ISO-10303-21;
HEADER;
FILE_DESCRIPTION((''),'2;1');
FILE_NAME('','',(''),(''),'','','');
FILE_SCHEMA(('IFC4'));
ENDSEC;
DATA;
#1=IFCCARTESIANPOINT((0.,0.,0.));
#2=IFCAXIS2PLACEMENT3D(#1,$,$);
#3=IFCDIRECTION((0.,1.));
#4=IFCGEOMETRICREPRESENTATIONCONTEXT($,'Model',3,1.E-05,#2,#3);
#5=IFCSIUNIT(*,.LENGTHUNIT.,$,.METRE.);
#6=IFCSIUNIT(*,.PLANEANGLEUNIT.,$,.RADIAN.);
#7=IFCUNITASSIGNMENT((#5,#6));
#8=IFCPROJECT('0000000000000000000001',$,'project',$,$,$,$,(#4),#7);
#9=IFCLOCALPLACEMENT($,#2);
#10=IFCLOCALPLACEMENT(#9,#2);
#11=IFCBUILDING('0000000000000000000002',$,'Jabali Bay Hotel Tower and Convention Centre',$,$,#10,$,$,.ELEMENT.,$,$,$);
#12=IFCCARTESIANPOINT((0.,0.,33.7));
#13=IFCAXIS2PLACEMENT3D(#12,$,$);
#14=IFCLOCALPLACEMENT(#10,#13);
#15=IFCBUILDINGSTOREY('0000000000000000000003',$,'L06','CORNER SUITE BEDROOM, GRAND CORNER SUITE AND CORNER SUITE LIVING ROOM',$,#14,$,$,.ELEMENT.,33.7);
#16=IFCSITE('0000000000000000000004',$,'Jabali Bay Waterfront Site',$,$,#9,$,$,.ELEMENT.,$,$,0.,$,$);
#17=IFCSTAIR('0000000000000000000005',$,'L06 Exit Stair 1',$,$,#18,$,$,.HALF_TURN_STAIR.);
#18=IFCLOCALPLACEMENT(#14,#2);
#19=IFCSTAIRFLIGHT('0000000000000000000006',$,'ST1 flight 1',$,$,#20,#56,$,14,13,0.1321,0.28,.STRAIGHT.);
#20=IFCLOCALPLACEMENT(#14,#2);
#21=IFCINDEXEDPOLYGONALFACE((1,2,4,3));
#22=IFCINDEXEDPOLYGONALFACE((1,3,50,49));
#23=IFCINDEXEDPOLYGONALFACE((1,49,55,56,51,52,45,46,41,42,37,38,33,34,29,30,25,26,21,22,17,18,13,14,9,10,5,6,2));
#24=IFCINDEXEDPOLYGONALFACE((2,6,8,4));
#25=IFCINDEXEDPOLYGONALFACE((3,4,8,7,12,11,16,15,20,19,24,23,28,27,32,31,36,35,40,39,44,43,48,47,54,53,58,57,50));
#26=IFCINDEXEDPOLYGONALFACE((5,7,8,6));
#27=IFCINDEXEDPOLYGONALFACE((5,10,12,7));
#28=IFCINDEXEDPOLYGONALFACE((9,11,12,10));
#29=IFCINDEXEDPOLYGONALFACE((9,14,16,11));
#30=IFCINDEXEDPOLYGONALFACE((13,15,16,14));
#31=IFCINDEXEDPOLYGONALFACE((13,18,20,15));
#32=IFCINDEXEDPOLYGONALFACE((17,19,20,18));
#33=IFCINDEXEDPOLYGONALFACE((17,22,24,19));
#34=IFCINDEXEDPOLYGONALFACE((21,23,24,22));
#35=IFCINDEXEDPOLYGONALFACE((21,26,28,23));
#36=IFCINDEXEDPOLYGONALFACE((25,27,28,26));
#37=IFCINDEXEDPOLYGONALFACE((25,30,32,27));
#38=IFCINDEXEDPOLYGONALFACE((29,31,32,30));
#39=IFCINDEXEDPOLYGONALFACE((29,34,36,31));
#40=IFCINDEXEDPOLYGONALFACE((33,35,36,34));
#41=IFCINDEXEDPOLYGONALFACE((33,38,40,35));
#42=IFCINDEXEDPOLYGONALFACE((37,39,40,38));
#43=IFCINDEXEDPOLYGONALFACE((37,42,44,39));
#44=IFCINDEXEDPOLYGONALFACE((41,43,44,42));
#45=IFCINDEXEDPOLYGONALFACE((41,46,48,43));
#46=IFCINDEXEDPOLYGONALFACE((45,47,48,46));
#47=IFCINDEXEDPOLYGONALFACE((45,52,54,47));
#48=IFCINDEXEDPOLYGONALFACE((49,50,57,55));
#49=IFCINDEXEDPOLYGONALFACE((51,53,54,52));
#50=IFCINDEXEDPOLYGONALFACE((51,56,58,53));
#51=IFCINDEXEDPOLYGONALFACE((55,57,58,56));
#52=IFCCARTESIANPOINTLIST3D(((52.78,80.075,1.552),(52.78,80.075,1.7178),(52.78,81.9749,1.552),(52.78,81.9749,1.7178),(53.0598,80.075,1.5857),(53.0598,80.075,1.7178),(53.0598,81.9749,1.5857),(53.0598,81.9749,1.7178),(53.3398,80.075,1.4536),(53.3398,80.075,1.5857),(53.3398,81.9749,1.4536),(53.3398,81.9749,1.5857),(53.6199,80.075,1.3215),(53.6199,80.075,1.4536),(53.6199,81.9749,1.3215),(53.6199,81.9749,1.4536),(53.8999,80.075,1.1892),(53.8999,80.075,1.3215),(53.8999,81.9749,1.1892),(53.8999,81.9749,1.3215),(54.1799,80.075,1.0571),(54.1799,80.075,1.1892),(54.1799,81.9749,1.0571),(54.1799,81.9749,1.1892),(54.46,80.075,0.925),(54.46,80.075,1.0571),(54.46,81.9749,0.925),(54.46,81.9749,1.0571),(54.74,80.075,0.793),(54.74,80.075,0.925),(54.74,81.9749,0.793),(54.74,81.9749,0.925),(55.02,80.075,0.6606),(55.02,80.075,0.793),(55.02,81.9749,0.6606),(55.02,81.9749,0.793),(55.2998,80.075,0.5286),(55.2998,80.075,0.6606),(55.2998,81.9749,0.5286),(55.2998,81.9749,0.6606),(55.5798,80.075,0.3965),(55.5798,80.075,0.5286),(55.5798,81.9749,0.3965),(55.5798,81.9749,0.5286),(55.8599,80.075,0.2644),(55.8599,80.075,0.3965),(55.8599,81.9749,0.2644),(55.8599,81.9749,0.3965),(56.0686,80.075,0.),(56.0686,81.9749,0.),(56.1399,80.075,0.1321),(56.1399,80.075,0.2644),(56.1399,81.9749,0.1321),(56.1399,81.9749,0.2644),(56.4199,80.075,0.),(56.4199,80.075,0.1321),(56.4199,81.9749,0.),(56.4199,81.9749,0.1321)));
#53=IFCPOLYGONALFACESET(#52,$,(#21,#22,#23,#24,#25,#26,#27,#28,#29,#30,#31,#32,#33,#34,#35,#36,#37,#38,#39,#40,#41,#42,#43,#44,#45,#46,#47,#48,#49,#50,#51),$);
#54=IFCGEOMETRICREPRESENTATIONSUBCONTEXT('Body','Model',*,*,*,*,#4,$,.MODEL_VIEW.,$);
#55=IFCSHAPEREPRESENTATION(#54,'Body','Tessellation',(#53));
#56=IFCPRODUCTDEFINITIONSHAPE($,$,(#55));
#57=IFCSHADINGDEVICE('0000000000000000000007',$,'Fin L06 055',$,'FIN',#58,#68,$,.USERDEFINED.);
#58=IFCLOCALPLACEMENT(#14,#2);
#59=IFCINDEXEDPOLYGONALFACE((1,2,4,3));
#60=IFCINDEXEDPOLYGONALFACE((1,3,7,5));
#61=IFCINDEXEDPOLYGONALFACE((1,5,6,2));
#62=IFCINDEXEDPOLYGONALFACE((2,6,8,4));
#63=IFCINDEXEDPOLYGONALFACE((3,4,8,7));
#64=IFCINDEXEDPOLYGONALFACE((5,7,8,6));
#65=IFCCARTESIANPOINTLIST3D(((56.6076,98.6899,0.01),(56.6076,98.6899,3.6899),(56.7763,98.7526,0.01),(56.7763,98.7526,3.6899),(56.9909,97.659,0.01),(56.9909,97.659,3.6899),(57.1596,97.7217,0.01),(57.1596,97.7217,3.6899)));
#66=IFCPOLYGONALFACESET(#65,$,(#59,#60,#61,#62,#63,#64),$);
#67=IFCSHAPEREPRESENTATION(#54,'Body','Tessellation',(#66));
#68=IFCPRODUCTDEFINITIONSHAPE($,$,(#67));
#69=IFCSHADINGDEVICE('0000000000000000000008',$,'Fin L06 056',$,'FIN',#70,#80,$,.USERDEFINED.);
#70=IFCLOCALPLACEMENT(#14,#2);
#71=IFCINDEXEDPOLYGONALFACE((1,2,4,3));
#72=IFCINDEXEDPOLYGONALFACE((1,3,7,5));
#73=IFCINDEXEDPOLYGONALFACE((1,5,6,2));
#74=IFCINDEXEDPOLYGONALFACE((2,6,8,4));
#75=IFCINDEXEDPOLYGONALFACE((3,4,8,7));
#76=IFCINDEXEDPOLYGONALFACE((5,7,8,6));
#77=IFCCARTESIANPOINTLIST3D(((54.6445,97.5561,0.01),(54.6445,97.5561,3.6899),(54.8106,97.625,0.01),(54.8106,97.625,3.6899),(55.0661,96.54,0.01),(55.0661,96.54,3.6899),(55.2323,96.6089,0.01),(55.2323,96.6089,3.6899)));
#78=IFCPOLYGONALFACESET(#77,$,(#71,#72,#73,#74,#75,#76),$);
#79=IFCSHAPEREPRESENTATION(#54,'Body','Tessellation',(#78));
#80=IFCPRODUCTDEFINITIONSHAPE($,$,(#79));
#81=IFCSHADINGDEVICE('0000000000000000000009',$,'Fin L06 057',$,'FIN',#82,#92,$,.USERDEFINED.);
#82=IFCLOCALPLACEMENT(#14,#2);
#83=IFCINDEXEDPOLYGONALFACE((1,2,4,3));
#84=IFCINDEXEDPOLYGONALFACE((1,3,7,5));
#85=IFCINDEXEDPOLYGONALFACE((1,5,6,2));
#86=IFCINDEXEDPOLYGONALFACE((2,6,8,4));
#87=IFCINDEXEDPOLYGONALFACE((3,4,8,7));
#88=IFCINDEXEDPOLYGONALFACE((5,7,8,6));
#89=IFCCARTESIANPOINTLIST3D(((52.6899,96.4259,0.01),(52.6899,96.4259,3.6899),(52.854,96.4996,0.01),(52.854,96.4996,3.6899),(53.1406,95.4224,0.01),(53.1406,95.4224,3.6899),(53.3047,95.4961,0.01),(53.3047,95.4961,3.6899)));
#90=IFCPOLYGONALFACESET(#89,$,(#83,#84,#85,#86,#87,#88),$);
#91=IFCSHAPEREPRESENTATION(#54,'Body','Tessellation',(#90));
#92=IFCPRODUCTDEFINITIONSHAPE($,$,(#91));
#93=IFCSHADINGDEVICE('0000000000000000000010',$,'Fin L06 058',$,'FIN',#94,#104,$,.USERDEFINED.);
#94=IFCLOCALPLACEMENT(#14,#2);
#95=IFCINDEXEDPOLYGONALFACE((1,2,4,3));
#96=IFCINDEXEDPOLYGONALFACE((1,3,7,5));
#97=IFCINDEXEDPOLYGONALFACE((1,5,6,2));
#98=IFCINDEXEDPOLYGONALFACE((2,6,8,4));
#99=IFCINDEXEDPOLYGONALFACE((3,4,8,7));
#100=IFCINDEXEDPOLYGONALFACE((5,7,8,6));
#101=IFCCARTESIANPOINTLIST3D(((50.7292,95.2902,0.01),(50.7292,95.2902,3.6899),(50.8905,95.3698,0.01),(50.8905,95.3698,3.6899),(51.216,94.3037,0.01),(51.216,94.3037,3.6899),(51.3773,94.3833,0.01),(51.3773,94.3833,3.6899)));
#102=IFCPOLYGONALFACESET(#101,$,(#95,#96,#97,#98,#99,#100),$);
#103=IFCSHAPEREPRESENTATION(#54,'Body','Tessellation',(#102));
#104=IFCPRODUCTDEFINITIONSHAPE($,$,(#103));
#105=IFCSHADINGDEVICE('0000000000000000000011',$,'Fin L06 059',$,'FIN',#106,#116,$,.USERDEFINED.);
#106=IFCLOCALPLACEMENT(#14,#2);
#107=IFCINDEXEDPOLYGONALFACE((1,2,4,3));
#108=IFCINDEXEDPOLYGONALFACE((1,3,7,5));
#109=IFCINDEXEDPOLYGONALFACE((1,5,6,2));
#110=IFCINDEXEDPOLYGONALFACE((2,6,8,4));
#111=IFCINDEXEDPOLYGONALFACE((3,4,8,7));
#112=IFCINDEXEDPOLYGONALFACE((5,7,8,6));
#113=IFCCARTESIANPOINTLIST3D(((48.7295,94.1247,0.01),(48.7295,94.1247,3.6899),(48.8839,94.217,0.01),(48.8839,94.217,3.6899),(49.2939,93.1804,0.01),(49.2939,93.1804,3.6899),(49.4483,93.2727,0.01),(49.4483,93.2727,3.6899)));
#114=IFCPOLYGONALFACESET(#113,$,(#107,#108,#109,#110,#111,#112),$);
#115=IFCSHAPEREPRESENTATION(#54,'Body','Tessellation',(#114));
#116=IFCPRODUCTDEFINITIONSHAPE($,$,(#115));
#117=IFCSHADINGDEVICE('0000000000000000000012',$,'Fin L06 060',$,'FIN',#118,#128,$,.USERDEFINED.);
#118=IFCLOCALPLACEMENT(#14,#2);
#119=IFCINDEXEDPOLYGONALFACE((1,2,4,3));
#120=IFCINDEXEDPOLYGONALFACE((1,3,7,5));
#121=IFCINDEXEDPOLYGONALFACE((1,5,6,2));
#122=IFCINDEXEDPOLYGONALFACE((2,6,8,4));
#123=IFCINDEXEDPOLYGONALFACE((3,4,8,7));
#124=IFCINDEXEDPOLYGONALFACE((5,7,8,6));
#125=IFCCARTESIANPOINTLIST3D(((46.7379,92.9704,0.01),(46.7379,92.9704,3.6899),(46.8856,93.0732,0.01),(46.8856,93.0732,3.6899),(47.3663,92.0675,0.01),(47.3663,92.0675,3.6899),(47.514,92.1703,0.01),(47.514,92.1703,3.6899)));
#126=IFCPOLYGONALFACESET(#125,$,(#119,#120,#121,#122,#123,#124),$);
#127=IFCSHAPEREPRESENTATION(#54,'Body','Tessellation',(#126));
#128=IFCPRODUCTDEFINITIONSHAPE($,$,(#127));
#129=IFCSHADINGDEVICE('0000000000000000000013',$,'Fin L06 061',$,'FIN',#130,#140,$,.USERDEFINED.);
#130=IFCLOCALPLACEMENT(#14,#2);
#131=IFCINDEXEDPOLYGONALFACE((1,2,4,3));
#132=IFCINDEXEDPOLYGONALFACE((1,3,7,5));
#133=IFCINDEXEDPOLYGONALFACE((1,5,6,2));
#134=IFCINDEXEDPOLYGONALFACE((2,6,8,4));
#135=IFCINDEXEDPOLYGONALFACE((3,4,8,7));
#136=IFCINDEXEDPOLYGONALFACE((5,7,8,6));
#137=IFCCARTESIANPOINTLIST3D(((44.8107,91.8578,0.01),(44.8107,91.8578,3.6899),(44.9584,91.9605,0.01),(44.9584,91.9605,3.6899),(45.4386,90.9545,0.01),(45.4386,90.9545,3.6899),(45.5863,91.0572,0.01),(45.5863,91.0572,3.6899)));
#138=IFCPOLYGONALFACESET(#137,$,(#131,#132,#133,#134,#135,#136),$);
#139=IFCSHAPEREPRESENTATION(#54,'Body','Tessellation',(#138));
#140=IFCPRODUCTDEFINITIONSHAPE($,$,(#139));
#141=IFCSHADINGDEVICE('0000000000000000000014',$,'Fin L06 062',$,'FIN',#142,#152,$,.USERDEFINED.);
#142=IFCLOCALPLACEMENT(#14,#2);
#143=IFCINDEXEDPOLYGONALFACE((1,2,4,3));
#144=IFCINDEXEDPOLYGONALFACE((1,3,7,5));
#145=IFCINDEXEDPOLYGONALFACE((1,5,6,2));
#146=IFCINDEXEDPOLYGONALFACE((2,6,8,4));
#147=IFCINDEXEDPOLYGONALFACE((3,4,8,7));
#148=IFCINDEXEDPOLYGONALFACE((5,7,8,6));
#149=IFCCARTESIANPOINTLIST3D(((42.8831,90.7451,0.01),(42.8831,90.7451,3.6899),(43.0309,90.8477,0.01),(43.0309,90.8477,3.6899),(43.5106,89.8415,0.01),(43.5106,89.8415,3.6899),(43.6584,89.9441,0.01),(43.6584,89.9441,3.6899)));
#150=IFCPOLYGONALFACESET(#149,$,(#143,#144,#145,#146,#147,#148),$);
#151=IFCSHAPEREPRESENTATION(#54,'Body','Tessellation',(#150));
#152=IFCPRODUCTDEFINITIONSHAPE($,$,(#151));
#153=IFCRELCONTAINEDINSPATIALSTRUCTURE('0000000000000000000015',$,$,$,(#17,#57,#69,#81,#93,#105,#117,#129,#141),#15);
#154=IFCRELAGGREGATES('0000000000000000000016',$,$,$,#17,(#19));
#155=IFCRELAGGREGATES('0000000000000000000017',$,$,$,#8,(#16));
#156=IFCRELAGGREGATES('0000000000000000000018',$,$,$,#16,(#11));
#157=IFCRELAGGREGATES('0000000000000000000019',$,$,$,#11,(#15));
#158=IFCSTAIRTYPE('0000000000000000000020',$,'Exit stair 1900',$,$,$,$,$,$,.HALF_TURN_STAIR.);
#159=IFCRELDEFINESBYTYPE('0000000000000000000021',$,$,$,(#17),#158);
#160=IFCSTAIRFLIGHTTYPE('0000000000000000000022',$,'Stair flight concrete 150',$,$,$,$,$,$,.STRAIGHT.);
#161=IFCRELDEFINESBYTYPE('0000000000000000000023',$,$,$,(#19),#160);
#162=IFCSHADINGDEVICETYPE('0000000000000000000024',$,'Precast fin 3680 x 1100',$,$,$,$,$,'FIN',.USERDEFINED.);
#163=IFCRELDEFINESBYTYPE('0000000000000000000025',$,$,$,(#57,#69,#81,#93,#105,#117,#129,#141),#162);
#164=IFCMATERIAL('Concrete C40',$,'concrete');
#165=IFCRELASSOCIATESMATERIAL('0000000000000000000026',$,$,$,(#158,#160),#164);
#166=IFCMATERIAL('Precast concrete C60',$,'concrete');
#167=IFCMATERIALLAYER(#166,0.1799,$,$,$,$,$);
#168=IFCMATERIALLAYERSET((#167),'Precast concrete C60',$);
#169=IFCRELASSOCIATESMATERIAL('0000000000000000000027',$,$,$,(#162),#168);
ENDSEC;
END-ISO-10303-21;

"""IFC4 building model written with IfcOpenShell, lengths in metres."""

from ifc_helpers import new_model, si_unit, direction, frame, frame_2d, origin, place, context, subcontext, project, spatial, polyline, rectangle, outline, extrude, material, layer, layer_set, type_object, element, aggregate, save


model = new_model("IFC4")

# Units and contexts
model_context = context("Model", 3, precision=1e-05, world=origin(), true_north=direction((0.0, 1.0)))
body_context = subcontext(model_context, "Body", "Model", "MODEL_VIEW")
ifc_project = project(units=[si_unit("LENGTHUNIT", "METRE"), si_unit("PLANEANGLEUNIT", "RADIAN")], contexts=[model_context])

# Site, building, storey
site_placement = place(None, origin())
site = spatial("IfcSite", under=ifc_project, at=site_placement, Name="Jabali Bay Waterfront Site", CompositionType="ELEMENT", RefElevation=0.0)
building_placement = place(site_placement, origin())
building = spatial("IfcBuilding", under=site, at=building_placement, Name="Jabali Bay Hotel Tower and Convention Centre", CompositionType="ELEMENT")
storey_placement = place(building_placement, frame((0.0, 0.0, 33.7)))
storey = spatial("IfcBuildingStorey", under=building, at=storey_placement, Name="L06", Description="CORNER SUITE BEDROOM, GRAND CORNER SUITE AND CORNER SUITE LIVING ROOM", CompositionType="ELEMENT", Elevation=33.7)

# Shared definitions
ifc_material_1 = material(Name="Concrete C40", Category="concrete")

# Stair, stair flight
stair_type = type_object("IfcStairType", Name="Exit stair 1900", PredefinedType="HALF_TURN_STAIR", material=ifc_material_1)
stair_placement = place(storey_placement, origin())
stair = element("IfcStair", 1, at=stair_placement, inside=storey, type_object=stair_type, Name="L06 Exit Stair 1", PredefinedType="HALF_TURN_STAIR")
stair_flight_type = type_object("IfcStairFlightType", Name="Stair flight concrete 150", PredefinedType="STRAIGHT", material=ifc_material_1)
stair_flight_placement = place(storey_placement, frame((56.4199, 81.0249, 0.0), z_axis=(0.0, 0.0, 1.0), x_axis=(-1.0, 0.0, 0.0)))
stair_flight = element("IfcStairFlight", 2, at=stair_flight_placement, type_object=stair_flight_type, Name="ST1 flight 1", NumberOfRisers=14, NumberOfTreads=13, PredefinedType="STRAIGHT", RiserHeight=0.1321, TreadLength=0.28, context=body_context, shape_type="SweptSolid", body=[
    extrude(outline(polyline([(0.0, 0.0), (0.0, 0.1321), (0.28, 0.1321), (0.28, 0.2644), (0.5601, 0.2644), (0.5601, 0.3965), (0.8401, 0.3965), (0.8401, 0.5286), (1.1201, 0.5286), (1.1201, 0.6606), (1.3999, 0.6606), (1.3999, 0.793), (1.6799, 0.793), (1.6799, 0.925), (1.96, 0.925), (1.96, 1.0571), (2.24, 1.0571), (2.24, 1.1892), (2.52, 1.1892), (2.52, 1.3215), (2.8, 1.3215), (2.8, 1.4536), (3.0801, 1.4536), (3.0801, 1.5857), (3.3601, 1.5857), (3.3601, 1.7178), (3.6399, 1.7178), (3.6399, 1.8501), (3.6399, 1.552), (0.3513, 0.0), (0.0, 0.0)])), frame((0.0, 0.95, 0.0), z_axis=(0.0, -1.0, 0.0), x_axis=(1.0, 0.0, 0.0)), (0.0, 0.0, 1.0), 1.8999),
])
aggregate(stair, [stair_flight])

# Shading devices
ifc_material_2 = material(Name="Precast concrete C60", Category="concrete")
ifc_layer_1 = layer(ifc_material_2, 0.1799)
ifc_layer_set_1 = layer_set([ifc_layer_1], Name="Precast concrete C60")
shading_device_type = type_object("IfcShadingDeviceType", Name="Precast fin 3680 x 1100", ElementType="FIN", PredefinedType="USERDEFINED", material=ifc_layer_set_1)
shading_device_placement = place(storey_placement, frame((57.0752, 97.6904, 0.01), z_axis=(0.0, 0.0, 1.0), x_axis=(-0.348471, 0.93732, 0.0)))
element("IfcShadingDevice", 3, at=shading_device_placement, inside=storey, type_object=shading_device_type, Name="Fin L06 055", ObjectType="FIN", PredefinedType="USERDEFINED", context=body_context, shape_type="SweptSolid", body=[
    extrude(rectangle(XDim=1.0999, YDim=0.1799, at=frame_2d((0.5498, 0.0))), origin(), (0.0, 0.0, 1.0), 3.6799),
])
for number, where, z_axis, x_axis, name in (
    (4, (55.1492, 96.5745, 0.01), (0.0, 0.0, 1.0), (-0.38326, 0.923641, 0.0), "Fin L06 056"),
    (5, (53.2227, 95.4592, 0.01), (0.0, 0.0, 1.0), (-0.409719, 0.912212, 0.0), "Fin L06 057"),
    (6, (51.2966, 94.3435, 0.01), (0.0, 0.0, 1.0), (-0.442503, 0.896767, 0.0), "Fin L06 058"),
    (7, (49.3711, 93.2266, 0.01), (0.0, 0.0, 1.0), (-0.513059, 0.858353, 0.0), "Fin L06 059"),
    (8, (47.4402, 92.1189, 0.01), (0.0, 0.0, 1.0), (-0.571286, 0.820751, 0.0), "Fin L06 060"),
    (9, (45.5125, 91.0059, 0.01), (0.0, 0.0, 1.0), (-0.570778, 0.821104, 0.0), "Fin L06 061"),
    (10, (43.5845, 89.8928, 0.01), (0.0, 0.0, 1.0), (-0.570375, 0.821384, 0.0), "Fin L06 062"),
):
    element("IfcShadingDevice", number, at=place(storey_placement, frame(where, z_axis=z_axis, x_axis=x_axis)), inside=storey, type_object=shading_device_type, Name=name, ObjectType="FIN", PredefinedType="USERDEFINED", context=body_context, shape_type="SweptSolid", body=[
        extrude(rectangle(XDim=1.1001, YDim=0.1799, at=frame_2d((0.55, 0.0))), origin(), (0.0, 0.0, 1.0), 3.6799),
    ])

save(model, "model.ifc")
